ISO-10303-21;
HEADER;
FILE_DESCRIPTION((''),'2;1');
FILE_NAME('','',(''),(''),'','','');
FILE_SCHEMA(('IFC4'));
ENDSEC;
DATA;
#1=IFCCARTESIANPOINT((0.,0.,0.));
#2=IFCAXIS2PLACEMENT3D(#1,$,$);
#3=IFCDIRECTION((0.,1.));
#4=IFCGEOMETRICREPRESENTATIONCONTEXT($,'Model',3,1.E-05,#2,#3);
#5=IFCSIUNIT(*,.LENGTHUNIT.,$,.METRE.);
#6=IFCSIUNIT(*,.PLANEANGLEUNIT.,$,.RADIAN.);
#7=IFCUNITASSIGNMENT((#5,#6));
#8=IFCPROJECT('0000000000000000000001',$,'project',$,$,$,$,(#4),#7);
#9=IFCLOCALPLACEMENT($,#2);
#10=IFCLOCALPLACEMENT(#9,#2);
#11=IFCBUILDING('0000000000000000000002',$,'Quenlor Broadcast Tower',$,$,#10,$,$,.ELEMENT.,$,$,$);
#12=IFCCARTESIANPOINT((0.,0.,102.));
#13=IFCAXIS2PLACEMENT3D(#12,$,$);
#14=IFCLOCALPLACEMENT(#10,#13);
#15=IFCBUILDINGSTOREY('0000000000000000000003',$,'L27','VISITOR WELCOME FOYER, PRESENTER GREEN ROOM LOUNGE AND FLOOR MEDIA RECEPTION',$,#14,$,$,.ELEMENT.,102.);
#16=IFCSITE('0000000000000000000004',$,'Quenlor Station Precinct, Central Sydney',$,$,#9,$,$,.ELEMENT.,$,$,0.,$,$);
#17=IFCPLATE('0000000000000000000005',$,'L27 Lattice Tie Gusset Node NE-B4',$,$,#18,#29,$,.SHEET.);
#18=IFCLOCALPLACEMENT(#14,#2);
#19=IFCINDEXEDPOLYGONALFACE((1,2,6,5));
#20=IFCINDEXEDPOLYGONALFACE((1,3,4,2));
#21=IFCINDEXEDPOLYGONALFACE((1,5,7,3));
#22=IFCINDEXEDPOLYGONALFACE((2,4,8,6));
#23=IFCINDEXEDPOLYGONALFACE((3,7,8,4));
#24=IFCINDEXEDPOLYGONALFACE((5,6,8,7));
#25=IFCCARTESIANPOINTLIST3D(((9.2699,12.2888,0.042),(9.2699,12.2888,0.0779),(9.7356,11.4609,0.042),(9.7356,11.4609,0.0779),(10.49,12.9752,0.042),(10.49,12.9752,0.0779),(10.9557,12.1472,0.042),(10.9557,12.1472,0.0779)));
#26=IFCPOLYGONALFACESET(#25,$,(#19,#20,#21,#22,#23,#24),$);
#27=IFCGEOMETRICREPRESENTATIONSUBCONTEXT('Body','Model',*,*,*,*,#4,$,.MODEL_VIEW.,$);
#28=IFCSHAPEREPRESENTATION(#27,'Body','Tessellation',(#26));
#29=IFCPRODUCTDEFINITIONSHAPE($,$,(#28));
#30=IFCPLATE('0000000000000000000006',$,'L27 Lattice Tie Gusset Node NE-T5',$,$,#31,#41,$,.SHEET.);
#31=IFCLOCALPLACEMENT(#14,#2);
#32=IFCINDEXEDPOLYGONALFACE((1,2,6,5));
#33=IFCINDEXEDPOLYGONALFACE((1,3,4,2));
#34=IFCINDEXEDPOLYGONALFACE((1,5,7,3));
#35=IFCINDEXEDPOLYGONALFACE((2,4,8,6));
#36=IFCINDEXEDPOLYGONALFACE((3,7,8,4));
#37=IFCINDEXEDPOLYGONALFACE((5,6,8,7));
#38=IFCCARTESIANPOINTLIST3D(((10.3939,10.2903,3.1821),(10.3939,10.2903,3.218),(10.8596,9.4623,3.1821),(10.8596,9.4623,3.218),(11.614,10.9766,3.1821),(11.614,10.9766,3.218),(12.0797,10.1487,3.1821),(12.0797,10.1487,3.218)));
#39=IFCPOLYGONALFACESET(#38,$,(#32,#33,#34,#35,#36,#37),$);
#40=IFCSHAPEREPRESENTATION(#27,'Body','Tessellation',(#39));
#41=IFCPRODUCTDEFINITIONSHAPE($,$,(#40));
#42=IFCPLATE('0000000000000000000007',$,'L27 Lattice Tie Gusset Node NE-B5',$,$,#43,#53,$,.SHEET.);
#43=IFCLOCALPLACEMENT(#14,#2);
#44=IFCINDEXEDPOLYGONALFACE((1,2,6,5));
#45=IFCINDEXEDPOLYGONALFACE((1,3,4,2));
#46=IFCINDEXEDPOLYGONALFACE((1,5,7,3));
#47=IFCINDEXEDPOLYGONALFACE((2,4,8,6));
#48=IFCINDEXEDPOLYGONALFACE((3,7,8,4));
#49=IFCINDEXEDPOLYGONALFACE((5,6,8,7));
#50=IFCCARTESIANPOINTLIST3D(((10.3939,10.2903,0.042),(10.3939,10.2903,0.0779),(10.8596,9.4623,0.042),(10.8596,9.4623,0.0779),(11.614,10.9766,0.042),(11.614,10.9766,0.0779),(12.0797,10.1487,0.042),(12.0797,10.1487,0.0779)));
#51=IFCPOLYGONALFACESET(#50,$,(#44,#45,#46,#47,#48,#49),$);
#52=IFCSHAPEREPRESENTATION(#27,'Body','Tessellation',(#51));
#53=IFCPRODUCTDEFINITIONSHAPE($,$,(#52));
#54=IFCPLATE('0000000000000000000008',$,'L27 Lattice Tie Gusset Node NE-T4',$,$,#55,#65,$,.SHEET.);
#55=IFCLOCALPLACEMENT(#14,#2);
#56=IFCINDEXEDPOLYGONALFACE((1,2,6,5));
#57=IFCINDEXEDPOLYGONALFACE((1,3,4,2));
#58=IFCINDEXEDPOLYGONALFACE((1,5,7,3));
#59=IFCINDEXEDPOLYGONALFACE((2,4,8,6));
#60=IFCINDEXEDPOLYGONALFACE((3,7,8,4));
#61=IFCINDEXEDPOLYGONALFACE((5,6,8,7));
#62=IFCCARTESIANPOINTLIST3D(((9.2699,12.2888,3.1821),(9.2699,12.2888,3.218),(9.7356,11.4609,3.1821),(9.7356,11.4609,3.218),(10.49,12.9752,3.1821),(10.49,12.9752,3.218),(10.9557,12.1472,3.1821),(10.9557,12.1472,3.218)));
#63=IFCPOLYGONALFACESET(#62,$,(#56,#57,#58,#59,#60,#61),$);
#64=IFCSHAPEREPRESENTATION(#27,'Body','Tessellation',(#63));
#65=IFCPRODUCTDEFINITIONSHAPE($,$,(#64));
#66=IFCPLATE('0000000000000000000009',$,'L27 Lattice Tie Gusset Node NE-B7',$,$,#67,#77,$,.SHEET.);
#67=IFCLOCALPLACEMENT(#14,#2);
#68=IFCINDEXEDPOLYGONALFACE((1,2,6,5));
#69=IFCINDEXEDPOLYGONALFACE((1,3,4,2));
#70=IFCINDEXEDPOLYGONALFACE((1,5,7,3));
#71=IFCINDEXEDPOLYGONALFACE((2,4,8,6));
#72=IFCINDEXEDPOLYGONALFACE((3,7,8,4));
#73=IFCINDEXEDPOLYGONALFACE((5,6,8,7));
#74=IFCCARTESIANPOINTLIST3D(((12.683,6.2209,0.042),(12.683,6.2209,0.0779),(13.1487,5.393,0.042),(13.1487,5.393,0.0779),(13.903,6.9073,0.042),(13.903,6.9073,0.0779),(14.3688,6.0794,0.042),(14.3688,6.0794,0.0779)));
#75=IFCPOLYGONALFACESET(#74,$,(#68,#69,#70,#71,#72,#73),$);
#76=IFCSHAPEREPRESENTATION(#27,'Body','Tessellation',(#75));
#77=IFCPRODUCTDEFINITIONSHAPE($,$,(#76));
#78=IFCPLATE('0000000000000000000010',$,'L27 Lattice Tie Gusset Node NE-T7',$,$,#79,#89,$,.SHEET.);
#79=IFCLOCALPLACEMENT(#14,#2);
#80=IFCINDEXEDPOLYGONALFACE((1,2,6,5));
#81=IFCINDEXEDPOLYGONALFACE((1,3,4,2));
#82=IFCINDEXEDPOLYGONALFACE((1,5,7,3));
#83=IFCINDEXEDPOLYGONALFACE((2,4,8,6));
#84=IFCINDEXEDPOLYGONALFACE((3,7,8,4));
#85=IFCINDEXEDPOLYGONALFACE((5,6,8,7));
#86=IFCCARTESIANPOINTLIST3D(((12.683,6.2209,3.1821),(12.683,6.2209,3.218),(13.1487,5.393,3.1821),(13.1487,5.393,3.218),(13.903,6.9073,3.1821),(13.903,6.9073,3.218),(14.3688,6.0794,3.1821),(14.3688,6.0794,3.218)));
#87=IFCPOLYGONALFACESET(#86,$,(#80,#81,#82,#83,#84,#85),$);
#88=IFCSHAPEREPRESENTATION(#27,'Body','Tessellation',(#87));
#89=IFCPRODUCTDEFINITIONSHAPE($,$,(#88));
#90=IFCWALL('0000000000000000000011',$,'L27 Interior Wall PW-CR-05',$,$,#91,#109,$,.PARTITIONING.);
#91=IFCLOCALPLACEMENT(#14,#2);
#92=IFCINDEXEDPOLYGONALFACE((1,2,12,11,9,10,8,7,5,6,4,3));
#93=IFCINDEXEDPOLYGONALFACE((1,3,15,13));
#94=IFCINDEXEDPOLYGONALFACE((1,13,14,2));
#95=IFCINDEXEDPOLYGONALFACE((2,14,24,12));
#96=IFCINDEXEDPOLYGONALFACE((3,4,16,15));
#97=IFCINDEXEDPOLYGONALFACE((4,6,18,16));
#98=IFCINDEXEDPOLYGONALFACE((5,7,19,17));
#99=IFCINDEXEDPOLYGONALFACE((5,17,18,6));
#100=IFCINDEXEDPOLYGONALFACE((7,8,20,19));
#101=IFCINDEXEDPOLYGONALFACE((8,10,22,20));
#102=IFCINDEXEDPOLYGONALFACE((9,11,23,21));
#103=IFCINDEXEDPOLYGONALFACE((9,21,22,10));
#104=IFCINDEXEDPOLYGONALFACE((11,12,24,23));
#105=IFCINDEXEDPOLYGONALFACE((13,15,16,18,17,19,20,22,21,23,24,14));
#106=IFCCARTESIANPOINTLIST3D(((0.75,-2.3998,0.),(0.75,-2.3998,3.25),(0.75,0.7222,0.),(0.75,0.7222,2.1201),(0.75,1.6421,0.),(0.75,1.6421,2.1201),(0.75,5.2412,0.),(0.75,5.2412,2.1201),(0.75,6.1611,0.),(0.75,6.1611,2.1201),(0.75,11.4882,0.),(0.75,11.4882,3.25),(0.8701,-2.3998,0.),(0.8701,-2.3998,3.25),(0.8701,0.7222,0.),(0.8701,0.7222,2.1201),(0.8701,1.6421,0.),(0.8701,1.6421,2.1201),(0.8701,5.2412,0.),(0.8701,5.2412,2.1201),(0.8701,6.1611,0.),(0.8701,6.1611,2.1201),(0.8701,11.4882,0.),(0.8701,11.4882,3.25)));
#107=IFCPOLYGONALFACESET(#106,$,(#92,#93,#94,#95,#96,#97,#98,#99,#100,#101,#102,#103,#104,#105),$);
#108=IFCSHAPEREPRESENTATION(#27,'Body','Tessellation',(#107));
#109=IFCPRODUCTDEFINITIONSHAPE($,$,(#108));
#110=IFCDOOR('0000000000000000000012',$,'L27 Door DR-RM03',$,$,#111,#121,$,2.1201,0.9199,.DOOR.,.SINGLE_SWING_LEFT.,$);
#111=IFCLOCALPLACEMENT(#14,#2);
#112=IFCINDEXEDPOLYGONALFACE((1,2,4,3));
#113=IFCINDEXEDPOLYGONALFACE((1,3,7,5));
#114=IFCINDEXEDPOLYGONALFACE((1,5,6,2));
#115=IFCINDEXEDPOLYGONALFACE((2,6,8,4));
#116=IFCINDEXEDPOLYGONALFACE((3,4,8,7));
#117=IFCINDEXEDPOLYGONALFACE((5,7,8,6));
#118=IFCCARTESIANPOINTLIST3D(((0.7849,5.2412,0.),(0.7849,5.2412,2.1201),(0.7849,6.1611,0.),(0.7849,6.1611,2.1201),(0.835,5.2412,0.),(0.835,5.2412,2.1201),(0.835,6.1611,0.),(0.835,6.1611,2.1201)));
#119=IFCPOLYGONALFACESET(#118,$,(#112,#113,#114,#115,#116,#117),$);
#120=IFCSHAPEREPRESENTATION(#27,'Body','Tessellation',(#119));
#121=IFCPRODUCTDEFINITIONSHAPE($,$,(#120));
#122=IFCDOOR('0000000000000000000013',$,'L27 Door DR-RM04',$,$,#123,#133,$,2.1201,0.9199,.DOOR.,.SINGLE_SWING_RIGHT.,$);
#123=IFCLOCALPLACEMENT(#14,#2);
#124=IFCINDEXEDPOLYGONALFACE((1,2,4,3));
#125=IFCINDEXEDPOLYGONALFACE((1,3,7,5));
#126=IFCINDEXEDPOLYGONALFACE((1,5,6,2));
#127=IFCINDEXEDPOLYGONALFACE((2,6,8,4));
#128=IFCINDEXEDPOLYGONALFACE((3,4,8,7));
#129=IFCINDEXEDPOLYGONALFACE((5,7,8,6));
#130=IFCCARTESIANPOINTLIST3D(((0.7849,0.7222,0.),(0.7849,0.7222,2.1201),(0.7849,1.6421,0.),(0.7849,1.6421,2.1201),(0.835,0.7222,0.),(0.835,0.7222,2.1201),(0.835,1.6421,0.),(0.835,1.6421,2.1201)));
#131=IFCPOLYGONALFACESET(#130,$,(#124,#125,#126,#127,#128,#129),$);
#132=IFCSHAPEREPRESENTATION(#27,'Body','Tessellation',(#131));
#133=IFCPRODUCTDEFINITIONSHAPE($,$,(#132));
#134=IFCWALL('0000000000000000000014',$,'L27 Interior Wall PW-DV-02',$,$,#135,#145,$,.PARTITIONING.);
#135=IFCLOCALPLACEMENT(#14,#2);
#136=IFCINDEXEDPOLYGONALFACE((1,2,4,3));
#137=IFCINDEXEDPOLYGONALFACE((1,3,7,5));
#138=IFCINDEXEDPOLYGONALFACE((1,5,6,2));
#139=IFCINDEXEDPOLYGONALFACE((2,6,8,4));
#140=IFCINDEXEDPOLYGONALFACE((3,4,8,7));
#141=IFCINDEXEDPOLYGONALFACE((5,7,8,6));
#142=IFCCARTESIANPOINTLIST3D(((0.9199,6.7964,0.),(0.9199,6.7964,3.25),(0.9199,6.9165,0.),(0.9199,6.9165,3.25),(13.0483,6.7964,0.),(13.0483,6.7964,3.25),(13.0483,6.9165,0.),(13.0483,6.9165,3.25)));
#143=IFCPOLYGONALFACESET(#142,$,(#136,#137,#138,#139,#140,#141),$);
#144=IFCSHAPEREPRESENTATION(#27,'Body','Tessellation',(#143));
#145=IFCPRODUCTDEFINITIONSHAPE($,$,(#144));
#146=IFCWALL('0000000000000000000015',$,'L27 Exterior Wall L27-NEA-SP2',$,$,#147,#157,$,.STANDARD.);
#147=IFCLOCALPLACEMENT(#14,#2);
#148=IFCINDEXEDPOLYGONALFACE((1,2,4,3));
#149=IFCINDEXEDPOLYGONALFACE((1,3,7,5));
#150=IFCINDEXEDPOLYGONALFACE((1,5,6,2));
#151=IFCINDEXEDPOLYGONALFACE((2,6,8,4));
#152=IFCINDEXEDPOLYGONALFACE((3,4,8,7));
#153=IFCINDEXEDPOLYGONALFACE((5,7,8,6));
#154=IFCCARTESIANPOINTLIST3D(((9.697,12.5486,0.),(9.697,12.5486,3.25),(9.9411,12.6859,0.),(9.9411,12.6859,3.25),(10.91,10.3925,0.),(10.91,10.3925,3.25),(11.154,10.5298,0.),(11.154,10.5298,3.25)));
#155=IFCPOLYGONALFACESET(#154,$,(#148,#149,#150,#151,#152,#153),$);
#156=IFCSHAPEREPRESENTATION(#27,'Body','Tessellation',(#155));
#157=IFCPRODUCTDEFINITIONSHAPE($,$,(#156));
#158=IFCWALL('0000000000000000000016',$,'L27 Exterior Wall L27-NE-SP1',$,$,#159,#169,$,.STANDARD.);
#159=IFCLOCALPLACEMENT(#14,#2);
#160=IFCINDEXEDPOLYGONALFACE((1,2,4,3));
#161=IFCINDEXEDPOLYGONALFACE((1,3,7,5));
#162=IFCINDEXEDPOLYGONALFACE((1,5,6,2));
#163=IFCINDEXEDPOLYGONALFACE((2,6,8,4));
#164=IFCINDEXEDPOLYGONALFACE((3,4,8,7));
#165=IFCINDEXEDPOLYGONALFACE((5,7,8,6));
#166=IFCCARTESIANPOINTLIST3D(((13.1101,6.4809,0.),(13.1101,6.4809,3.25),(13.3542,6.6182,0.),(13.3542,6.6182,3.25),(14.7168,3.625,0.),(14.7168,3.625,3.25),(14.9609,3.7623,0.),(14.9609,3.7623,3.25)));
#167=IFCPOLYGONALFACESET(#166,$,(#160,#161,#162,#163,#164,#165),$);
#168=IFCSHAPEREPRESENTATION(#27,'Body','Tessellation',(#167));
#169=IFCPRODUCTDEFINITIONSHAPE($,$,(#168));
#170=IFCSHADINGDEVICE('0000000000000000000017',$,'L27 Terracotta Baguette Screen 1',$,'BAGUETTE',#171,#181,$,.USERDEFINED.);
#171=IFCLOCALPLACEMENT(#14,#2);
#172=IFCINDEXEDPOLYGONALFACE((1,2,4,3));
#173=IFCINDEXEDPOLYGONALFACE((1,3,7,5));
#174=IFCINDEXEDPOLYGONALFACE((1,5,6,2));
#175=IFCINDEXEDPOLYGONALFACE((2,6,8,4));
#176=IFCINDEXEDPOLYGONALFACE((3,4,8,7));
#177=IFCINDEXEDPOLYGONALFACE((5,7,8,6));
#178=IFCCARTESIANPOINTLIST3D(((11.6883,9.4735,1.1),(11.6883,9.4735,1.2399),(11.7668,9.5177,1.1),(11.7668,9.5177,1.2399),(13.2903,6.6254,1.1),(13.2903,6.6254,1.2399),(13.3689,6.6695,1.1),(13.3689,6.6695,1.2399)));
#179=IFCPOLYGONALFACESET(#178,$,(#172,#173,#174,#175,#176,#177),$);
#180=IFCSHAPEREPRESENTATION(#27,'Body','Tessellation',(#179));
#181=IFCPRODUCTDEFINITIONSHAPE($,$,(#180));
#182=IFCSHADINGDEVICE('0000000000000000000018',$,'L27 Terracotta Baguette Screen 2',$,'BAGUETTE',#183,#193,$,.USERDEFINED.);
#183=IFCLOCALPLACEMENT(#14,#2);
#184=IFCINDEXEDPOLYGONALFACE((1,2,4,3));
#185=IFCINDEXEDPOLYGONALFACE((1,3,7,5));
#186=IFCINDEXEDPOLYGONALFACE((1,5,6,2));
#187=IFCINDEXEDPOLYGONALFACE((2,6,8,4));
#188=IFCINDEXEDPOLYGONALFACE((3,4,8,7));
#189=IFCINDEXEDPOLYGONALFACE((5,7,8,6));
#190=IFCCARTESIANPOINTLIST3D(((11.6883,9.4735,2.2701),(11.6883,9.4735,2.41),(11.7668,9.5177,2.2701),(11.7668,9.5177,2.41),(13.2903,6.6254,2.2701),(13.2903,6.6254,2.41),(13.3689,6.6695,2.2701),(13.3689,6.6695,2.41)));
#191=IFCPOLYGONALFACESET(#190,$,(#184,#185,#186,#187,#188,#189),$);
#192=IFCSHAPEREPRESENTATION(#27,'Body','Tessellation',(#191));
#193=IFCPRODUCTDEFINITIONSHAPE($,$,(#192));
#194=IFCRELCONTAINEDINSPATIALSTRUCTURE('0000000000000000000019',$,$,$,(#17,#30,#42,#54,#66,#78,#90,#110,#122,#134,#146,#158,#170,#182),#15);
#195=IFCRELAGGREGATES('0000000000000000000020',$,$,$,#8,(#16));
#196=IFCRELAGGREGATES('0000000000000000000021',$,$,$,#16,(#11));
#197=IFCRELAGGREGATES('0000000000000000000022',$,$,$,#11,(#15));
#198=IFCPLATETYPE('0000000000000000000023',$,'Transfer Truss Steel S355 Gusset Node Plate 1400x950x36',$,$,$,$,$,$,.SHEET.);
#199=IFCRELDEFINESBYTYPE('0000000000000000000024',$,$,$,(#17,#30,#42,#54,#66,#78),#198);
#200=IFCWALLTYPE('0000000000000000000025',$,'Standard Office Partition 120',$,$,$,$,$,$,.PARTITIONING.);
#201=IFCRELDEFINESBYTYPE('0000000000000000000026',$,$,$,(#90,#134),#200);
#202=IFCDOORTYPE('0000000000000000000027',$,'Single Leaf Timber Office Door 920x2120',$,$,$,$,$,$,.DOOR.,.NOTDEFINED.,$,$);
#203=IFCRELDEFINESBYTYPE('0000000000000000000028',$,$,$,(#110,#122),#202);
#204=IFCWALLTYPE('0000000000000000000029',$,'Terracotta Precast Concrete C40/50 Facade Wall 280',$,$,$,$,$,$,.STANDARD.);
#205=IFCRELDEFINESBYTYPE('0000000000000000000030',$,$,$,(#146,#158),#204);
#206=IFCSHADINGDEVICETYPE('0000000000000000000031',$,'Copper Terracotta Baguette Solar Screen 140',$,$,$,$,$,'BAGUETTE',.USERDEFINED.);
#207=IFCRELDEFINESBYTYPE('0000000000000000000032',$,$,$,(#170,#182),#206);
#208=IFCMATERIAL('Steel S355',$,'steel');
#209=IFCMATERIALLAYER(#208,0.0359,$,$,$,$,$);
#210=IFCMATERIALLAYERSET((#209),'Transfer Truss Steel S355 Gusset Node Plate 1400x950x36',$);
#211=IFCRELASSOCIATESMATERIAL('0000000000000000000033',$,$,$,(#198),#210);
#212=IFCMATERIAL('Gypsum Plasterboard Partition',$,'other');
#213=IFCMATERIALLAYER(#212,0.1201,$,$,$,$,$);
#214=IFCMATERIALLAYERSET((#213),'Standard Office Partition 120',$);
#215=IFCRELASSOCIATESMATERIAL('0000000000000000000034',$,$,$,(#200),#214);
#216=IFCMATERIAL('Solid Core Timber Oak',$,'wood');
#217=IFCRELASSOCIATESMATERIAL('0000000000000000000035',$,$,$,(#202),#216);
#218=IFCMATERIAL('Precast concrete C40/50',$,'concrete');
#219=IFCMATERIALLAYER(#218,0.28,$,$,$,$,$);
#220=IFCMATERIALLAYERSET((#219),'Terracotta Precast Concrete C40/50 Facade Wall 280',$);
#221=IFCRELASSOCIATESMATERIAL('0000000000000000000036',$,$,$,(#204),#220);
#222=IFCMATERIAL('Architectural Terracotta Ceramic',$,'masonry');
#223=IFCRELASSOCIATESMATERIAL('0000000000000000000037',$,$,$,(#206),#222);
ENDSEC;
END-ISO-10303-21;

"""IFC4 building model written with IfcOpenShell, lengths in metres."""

from ifc_helpers import new_model, si_unit, direction, frame, frame_2d, origin, origin_2d, place, context, subcontext, project, spatial, rectangle, extrude, material, layer, layer_set, material_profile, profile_set, type_object, element, fill, save


model = new_model("IFC4")

# Units and contexts
model_context = context("Model", 3, precision=1e-05, world=origin(), true_north=direction((0.0, 1.0)))
body_context = subcontext(model_context, "Body", "Model", "MODEL_VIEW")
ifc_project = project(units=[si_unit("LENGTHUNIT", "METRE"), si_unit("PLANEANGLEUNIT", "RADIAN")], contexts=[model_context])

# Site, building, storey
site_placement = place(None, origin())
site = spatial("IfcSite", under=ifc_project, at=site_placement, Name="Quenlor Station Precinct, Central Sydney", CompositionType="ELEMENT", RefElevation=0.0)
building_placement = place(site_placement, origin())
building = spatial("IfcBuilding", under=site, at=building_placement, Name="Quenlor Broadcast Tower", CompositionType="ELEMENT")
storey_placement = place(building_placement, frame((0.0, 0.0, 102.0)))
storey = spatial("IfcBuildingStorey", under=building, at=storey_placement, Name="L27", Description="VISITOR WELCOME FOYER, PRESENTER GREEN ROOM LOUNGE AND FLOOR MEDIA RECEPTION", CompositionType="ELEMENT", Elevation=102.0)

# Plates
ifc_material_1 = material(Name="Steel S355", Category="steel")
ifc_layer_1 = layer(ifc_material_1, 0.0359)
ifc_layer_set_1 = layer_set([ifc_layer_1], Name="Transfer Truss Steel S355 Gusset Node Plate 1400x950x36")
plate_type_1 = type_object("IfcPlateType", Name="Transfer Truss Steel S355 Gusset Node Plate 1400x950x36", PredefinedType="SHEET", material=ifc_layer_set_1)
for number, where, z_axis, x_axis, name in (
    (1, (10.1128, 12.218, 0.042), (0.0, 0.0, 1.0), (0.871556, 0.490295, 0.0), "L27 Lattice Tie Gusset Node NE-B4"),
    (2, (11.2368, 10.2195, 3.1821), (0.0, 0.0, 1.0), (0.871556, 0.490295, 0.0), "L27 Lattice Tie Gusset Node NE-T5"),
    (3, (11.2368, 10.2195, 0.042), (0.0, 0.0, 1.0), (0.871556, 0.490295, 0.0), "L27 Lattice Tie Gusset Node NE-B5"),
    (4, (10.1128, 12.218, 3.1821), (0.0, 0.0, 1.0), (0.871556, 0.490295, 0.0), "L27 Lattice Tie Gusset Node NE-T4"),
    (5, (13.5259, 6.1501, 0.042), (0.0, 0.0, 1.0), (0.871556, 0.490295, 0.0), "L27 Lattice Tie Gusset Node NE-B7"),
    (6, (13.5259, 6.1501, 3.1821), (0.0, 0.0, 1.0), (0.871556, 0.490295, 0.0), "L27 Lattice Tie Gusset Node NE-T7"),
):
    element("IfcPlate", number, at=place(storey_placement, frame(where, z_axis=z_axis, x_axis=x_axis)), inside=storey, type_object=plate_type_1, Name=name, PredefinedType="SHEET", context=body_context, shape_type="SweptSolid", body=[
        extrude(rectangle(XDim=1.3999, YDim=0.95, at=origin_2d()), origin(), (0.0, 0.0, 1.0), 0.0359),
    ])

# Wall, openings, doors
ifc_material_2 = material(Name="Gypsum Plasterboard Partition", Category="other")
ifc_layer_2 = layer(ifc_material_2, 0.1201)
ifc_layer_set_2 = layer_set([ifc_layer_2], Name="Standard Office Partition 120")
wall_type_1 = type_object("IfcWallType", Name="Standard Office Partition 120", PredefinedType="PARTITIONING", material=ifc_layer_set_2)
wall_1_placement = place(storey_placement, frame((0.8101, 11.488, 0.0), z_axis=(0.0, 0.0, 1.0), x_axis=(0.0, -1.0, 0.0)))
wall_1 = element("IfcWall", 7, at=wall_1_placement, inside=storey, type_object=wall_type_1, Name="L27 Interior Wall PW-CR-05", PredefinedType="PARTITIONING", context=body_context, shape_type="SweptSolid", body=[
    extrude(rectangle(XDim=13.8879, YDim=0.1201, at=frame_2d((6.9438, 0.0))), origin(), (0.0, 0.0, 1.0), 3.25),
])
opening_1_placement = place(wall_1_placement, frame((5.3269, 0.0, 0.0)))
opening_1 = element("IfcOpeningElement", 8, at=opening_1_placement, cuts=wall_1, PredefinedType="OPENING", context=body_context, shape_type="SweptSolid", body=[
    extrude(rectangle(XDim=0.9199, YDim=2.1201, at=frame_2d((0.46, 1.0601))), frame((0.0, 0.0701, 0.0), z_axis=(0.0, -1.0, 0.0), x_axis=(1.0, 0.0, 0.0)), (0.0, 0.0, 1.0), 0.1401),
])
opening_2_placement = place(wall_1_placement, frame((9.8459, 0.0, 0.0)))
opening_2 = element("IfcOpeningElement", 9, at=opening_2_placement, cuts=wall_1, PredefinedType="OPENING", context=body_context, shape_type="SweptSolid", body=[
    extrude(rectangle(XDim=0.9199, YDim=2.1201, at=frame_2d((0.46, 1.0601))), frame((0.0, 0.0701, 0.0), z_axis=(0.0, -1.0, 0.0), x_axis=(1.0, 0.0, 0.0)), (0.0, 0.0, 1.0), 0.1401),
])
ifc_material_3 = material(Name="Solid Core Timber Oak", Category="wood")
door_type = type_object("IfcDoorType", Name="Single Leaf Timber Office Door 920x2120", OperationType="NOTDEFINED", PredefinedType="DOOR", material=ifc_material_3)
door_1_placement = place(opening_1_placement, origin())
door_1 = element("IfcDoor", 10, at=door_1_placement, inside=storey, type_object=door_type, Name="L27 Door DR-RM03", OperationType="SINGLE_SWING_LEFT", OverallHeight=2.1201, OverallWidth=0.9199, PredefinedType="DOOR", context=body_context, shape_type="SweptSolid", body=[
    extrude(rectangle(XDim=0.9199, YDim=2.1201, at=frame_2d((0.46, 1.0601))), frame((0.0, 0.0249, 0.0), z_axis=(0.0, -1.0, 0.0), x_axis=(1.0, 0.0, 0.0)), (0.0, 0.0, 1.0), 0.05),
])
fill(opening_1, door_1)
door_2_placement = place(opening_2_placement, origin())
door_2 = element("IfcDoor", 11, at=door_2_placement, inside=storey, type_object=door_type, Name="L27 Door DR-RM04", OperationType="SINGLE_SWING_RIGHT", OverallHeight=2.1201, OverallWidth=0.9199, PredefinedType="DOOR", context=body_context, shape_type="SweptSolid", body=[
    extrude(rectangle(XDim=0.9199, YDim=2.1201, at=frame_2d((0.46, 1.0601))), frame((0.0, 0.0249, 0.0), z_axis=(0.0, -1.0, 0.0), x_axis=(1.0, 0.0, 0.0)), (0.0, 0.0, 1.0), 0.05),
])
fill(opening_2, door_2)

# Walls
wall_2_placement = place(storey_placement, frame((13.0483, 6.8564, 0.0), z_axis=(0.0, 0.0, 1.0), x_axis=(-1.0, 0.0, 0.0)))
element("IfcWall", 12, at=wall_2_placement, inside=storey, type_object=wall_type_1, Name="L27 Interior Wall PW-DV-02", PredefinedType="PARTITIONING", context=body_context, shape_type="SweptSolid", body=[
    extrude(rectangle(XDim=12.1284, YDim=0.1201, at=frame_2d((6.0642, 0.0))), origin(), (0.0, 0.0, 1.0), 3.25),
])
ifc_material_4 = material(Name="Precast concrete C40/50", Category="concrete")
ifc_layer_3 = layer(ifc_material_4, 0.28)
ifc_layer_set_3 = layer_set([ifc_layer_3], Name="Terracotta Precast Concrete C40/50 Facade Wall 280")
wall_type_2 = type_object("IfcWallType", Name="Terracotta Precast Concrete C40/50 Facade Wall 280", PredefinedType="STANDARD", material=ifc_layer_set_3)
wall_3_placement = place(storey_placement, frame((9.8191, 12.6172, 0.0), z_axis=(0.0, 0.0, 1.0), x_axis=(0.490303, -0.871552, 0.0)))
element("IfcWall", 13, at=wall_3_placement, inside=storey, type_object=wall_type_2, Name="L27 Exterior Wall L27-NEA-SP2", PredefinedType="STANDARD", context=body_context, shape_type="SweptSolid", body=[
    extrude(rectangle(XDim=2.4739, YDim=0.28, at=frame_2d((1.2368, 0.0))), origin(), (0.0, 0.0, 1.0), 3.25),
])
wall_4_placement = place(storey_placement, frame((13.2322, 6.5496, 0.0), z_axis=(0.0, 0.0, 1.0), x_axis=(0.490311, -0.871548, 0.0)))
element("IfcWall", 14, at=wall_4_placement, inside=storey, type_object=wall_type_2, Name="L27 Exterior Wall L27-NE-SP1", PredefinedType="STANDARD", context=body_context, shape_type="SweptSolid", body=[
    extrude(rectangle(XDim=3.2769, YDim=0.28, at=frame_2d((1.6384, 0.0))), origin(), (0.0, 0.0, 1.0), 3.25),
])

# Shading devices
ifc_material_5 = material(Name="Architectural Terracotta Ceramic", Category="masonry")
ifc_material_profile_1 = material_profile(ifc_material_5, rectangle(XDim=0.0901, YDim=0.1399, at=origin_2d()))
ifc_profile_set_1 = profile_set([ifc_material_profile_1], Name="Architectural Terracotta Ceramic BAG90x140")
shading_device_type = type_object("IfcShadingDeviceType", Name="Copper Terracotta Baguette Solar Screen 140", ElementType="BAGUETTE", PredefinedType="USERDEFINED", material=ifc_profile_set_1)
for number, where, z_axis, x_axis, name in (
    (15, (11.7275, 9.4956, 1.1699), (0.490254, -0.87158, 0.0), (0.87158, 0.490254, 0.0), "L27 Terracotta Baguette Screen 1"),
    (16, (11.7275, 9.4956, 2.3401), (0.490254, -0.87158, 0.0), (0.87158, 0.490254, 0.0), "L27 Terracotta Baguette Screen 2"),
):
    element("IfcShadingDevice", number, at=place(storey_placement, frame(where, z_axis=z_axis, x_axis=x_axis)), inside=storey, type_object=shading_device_type, Name=name, ObjectType="BAGUETTE", PredefinedType="USERDEFINED", context=body_context, shape_type="SweptSolid", body=[
        extrude(rectangle(XDim=0.0901, YDim=0.1399, at=origin_2d()), origin(), (0.0, 0.0, 1.0), 3.2678),
    ])

save(model, "model.ifc")
